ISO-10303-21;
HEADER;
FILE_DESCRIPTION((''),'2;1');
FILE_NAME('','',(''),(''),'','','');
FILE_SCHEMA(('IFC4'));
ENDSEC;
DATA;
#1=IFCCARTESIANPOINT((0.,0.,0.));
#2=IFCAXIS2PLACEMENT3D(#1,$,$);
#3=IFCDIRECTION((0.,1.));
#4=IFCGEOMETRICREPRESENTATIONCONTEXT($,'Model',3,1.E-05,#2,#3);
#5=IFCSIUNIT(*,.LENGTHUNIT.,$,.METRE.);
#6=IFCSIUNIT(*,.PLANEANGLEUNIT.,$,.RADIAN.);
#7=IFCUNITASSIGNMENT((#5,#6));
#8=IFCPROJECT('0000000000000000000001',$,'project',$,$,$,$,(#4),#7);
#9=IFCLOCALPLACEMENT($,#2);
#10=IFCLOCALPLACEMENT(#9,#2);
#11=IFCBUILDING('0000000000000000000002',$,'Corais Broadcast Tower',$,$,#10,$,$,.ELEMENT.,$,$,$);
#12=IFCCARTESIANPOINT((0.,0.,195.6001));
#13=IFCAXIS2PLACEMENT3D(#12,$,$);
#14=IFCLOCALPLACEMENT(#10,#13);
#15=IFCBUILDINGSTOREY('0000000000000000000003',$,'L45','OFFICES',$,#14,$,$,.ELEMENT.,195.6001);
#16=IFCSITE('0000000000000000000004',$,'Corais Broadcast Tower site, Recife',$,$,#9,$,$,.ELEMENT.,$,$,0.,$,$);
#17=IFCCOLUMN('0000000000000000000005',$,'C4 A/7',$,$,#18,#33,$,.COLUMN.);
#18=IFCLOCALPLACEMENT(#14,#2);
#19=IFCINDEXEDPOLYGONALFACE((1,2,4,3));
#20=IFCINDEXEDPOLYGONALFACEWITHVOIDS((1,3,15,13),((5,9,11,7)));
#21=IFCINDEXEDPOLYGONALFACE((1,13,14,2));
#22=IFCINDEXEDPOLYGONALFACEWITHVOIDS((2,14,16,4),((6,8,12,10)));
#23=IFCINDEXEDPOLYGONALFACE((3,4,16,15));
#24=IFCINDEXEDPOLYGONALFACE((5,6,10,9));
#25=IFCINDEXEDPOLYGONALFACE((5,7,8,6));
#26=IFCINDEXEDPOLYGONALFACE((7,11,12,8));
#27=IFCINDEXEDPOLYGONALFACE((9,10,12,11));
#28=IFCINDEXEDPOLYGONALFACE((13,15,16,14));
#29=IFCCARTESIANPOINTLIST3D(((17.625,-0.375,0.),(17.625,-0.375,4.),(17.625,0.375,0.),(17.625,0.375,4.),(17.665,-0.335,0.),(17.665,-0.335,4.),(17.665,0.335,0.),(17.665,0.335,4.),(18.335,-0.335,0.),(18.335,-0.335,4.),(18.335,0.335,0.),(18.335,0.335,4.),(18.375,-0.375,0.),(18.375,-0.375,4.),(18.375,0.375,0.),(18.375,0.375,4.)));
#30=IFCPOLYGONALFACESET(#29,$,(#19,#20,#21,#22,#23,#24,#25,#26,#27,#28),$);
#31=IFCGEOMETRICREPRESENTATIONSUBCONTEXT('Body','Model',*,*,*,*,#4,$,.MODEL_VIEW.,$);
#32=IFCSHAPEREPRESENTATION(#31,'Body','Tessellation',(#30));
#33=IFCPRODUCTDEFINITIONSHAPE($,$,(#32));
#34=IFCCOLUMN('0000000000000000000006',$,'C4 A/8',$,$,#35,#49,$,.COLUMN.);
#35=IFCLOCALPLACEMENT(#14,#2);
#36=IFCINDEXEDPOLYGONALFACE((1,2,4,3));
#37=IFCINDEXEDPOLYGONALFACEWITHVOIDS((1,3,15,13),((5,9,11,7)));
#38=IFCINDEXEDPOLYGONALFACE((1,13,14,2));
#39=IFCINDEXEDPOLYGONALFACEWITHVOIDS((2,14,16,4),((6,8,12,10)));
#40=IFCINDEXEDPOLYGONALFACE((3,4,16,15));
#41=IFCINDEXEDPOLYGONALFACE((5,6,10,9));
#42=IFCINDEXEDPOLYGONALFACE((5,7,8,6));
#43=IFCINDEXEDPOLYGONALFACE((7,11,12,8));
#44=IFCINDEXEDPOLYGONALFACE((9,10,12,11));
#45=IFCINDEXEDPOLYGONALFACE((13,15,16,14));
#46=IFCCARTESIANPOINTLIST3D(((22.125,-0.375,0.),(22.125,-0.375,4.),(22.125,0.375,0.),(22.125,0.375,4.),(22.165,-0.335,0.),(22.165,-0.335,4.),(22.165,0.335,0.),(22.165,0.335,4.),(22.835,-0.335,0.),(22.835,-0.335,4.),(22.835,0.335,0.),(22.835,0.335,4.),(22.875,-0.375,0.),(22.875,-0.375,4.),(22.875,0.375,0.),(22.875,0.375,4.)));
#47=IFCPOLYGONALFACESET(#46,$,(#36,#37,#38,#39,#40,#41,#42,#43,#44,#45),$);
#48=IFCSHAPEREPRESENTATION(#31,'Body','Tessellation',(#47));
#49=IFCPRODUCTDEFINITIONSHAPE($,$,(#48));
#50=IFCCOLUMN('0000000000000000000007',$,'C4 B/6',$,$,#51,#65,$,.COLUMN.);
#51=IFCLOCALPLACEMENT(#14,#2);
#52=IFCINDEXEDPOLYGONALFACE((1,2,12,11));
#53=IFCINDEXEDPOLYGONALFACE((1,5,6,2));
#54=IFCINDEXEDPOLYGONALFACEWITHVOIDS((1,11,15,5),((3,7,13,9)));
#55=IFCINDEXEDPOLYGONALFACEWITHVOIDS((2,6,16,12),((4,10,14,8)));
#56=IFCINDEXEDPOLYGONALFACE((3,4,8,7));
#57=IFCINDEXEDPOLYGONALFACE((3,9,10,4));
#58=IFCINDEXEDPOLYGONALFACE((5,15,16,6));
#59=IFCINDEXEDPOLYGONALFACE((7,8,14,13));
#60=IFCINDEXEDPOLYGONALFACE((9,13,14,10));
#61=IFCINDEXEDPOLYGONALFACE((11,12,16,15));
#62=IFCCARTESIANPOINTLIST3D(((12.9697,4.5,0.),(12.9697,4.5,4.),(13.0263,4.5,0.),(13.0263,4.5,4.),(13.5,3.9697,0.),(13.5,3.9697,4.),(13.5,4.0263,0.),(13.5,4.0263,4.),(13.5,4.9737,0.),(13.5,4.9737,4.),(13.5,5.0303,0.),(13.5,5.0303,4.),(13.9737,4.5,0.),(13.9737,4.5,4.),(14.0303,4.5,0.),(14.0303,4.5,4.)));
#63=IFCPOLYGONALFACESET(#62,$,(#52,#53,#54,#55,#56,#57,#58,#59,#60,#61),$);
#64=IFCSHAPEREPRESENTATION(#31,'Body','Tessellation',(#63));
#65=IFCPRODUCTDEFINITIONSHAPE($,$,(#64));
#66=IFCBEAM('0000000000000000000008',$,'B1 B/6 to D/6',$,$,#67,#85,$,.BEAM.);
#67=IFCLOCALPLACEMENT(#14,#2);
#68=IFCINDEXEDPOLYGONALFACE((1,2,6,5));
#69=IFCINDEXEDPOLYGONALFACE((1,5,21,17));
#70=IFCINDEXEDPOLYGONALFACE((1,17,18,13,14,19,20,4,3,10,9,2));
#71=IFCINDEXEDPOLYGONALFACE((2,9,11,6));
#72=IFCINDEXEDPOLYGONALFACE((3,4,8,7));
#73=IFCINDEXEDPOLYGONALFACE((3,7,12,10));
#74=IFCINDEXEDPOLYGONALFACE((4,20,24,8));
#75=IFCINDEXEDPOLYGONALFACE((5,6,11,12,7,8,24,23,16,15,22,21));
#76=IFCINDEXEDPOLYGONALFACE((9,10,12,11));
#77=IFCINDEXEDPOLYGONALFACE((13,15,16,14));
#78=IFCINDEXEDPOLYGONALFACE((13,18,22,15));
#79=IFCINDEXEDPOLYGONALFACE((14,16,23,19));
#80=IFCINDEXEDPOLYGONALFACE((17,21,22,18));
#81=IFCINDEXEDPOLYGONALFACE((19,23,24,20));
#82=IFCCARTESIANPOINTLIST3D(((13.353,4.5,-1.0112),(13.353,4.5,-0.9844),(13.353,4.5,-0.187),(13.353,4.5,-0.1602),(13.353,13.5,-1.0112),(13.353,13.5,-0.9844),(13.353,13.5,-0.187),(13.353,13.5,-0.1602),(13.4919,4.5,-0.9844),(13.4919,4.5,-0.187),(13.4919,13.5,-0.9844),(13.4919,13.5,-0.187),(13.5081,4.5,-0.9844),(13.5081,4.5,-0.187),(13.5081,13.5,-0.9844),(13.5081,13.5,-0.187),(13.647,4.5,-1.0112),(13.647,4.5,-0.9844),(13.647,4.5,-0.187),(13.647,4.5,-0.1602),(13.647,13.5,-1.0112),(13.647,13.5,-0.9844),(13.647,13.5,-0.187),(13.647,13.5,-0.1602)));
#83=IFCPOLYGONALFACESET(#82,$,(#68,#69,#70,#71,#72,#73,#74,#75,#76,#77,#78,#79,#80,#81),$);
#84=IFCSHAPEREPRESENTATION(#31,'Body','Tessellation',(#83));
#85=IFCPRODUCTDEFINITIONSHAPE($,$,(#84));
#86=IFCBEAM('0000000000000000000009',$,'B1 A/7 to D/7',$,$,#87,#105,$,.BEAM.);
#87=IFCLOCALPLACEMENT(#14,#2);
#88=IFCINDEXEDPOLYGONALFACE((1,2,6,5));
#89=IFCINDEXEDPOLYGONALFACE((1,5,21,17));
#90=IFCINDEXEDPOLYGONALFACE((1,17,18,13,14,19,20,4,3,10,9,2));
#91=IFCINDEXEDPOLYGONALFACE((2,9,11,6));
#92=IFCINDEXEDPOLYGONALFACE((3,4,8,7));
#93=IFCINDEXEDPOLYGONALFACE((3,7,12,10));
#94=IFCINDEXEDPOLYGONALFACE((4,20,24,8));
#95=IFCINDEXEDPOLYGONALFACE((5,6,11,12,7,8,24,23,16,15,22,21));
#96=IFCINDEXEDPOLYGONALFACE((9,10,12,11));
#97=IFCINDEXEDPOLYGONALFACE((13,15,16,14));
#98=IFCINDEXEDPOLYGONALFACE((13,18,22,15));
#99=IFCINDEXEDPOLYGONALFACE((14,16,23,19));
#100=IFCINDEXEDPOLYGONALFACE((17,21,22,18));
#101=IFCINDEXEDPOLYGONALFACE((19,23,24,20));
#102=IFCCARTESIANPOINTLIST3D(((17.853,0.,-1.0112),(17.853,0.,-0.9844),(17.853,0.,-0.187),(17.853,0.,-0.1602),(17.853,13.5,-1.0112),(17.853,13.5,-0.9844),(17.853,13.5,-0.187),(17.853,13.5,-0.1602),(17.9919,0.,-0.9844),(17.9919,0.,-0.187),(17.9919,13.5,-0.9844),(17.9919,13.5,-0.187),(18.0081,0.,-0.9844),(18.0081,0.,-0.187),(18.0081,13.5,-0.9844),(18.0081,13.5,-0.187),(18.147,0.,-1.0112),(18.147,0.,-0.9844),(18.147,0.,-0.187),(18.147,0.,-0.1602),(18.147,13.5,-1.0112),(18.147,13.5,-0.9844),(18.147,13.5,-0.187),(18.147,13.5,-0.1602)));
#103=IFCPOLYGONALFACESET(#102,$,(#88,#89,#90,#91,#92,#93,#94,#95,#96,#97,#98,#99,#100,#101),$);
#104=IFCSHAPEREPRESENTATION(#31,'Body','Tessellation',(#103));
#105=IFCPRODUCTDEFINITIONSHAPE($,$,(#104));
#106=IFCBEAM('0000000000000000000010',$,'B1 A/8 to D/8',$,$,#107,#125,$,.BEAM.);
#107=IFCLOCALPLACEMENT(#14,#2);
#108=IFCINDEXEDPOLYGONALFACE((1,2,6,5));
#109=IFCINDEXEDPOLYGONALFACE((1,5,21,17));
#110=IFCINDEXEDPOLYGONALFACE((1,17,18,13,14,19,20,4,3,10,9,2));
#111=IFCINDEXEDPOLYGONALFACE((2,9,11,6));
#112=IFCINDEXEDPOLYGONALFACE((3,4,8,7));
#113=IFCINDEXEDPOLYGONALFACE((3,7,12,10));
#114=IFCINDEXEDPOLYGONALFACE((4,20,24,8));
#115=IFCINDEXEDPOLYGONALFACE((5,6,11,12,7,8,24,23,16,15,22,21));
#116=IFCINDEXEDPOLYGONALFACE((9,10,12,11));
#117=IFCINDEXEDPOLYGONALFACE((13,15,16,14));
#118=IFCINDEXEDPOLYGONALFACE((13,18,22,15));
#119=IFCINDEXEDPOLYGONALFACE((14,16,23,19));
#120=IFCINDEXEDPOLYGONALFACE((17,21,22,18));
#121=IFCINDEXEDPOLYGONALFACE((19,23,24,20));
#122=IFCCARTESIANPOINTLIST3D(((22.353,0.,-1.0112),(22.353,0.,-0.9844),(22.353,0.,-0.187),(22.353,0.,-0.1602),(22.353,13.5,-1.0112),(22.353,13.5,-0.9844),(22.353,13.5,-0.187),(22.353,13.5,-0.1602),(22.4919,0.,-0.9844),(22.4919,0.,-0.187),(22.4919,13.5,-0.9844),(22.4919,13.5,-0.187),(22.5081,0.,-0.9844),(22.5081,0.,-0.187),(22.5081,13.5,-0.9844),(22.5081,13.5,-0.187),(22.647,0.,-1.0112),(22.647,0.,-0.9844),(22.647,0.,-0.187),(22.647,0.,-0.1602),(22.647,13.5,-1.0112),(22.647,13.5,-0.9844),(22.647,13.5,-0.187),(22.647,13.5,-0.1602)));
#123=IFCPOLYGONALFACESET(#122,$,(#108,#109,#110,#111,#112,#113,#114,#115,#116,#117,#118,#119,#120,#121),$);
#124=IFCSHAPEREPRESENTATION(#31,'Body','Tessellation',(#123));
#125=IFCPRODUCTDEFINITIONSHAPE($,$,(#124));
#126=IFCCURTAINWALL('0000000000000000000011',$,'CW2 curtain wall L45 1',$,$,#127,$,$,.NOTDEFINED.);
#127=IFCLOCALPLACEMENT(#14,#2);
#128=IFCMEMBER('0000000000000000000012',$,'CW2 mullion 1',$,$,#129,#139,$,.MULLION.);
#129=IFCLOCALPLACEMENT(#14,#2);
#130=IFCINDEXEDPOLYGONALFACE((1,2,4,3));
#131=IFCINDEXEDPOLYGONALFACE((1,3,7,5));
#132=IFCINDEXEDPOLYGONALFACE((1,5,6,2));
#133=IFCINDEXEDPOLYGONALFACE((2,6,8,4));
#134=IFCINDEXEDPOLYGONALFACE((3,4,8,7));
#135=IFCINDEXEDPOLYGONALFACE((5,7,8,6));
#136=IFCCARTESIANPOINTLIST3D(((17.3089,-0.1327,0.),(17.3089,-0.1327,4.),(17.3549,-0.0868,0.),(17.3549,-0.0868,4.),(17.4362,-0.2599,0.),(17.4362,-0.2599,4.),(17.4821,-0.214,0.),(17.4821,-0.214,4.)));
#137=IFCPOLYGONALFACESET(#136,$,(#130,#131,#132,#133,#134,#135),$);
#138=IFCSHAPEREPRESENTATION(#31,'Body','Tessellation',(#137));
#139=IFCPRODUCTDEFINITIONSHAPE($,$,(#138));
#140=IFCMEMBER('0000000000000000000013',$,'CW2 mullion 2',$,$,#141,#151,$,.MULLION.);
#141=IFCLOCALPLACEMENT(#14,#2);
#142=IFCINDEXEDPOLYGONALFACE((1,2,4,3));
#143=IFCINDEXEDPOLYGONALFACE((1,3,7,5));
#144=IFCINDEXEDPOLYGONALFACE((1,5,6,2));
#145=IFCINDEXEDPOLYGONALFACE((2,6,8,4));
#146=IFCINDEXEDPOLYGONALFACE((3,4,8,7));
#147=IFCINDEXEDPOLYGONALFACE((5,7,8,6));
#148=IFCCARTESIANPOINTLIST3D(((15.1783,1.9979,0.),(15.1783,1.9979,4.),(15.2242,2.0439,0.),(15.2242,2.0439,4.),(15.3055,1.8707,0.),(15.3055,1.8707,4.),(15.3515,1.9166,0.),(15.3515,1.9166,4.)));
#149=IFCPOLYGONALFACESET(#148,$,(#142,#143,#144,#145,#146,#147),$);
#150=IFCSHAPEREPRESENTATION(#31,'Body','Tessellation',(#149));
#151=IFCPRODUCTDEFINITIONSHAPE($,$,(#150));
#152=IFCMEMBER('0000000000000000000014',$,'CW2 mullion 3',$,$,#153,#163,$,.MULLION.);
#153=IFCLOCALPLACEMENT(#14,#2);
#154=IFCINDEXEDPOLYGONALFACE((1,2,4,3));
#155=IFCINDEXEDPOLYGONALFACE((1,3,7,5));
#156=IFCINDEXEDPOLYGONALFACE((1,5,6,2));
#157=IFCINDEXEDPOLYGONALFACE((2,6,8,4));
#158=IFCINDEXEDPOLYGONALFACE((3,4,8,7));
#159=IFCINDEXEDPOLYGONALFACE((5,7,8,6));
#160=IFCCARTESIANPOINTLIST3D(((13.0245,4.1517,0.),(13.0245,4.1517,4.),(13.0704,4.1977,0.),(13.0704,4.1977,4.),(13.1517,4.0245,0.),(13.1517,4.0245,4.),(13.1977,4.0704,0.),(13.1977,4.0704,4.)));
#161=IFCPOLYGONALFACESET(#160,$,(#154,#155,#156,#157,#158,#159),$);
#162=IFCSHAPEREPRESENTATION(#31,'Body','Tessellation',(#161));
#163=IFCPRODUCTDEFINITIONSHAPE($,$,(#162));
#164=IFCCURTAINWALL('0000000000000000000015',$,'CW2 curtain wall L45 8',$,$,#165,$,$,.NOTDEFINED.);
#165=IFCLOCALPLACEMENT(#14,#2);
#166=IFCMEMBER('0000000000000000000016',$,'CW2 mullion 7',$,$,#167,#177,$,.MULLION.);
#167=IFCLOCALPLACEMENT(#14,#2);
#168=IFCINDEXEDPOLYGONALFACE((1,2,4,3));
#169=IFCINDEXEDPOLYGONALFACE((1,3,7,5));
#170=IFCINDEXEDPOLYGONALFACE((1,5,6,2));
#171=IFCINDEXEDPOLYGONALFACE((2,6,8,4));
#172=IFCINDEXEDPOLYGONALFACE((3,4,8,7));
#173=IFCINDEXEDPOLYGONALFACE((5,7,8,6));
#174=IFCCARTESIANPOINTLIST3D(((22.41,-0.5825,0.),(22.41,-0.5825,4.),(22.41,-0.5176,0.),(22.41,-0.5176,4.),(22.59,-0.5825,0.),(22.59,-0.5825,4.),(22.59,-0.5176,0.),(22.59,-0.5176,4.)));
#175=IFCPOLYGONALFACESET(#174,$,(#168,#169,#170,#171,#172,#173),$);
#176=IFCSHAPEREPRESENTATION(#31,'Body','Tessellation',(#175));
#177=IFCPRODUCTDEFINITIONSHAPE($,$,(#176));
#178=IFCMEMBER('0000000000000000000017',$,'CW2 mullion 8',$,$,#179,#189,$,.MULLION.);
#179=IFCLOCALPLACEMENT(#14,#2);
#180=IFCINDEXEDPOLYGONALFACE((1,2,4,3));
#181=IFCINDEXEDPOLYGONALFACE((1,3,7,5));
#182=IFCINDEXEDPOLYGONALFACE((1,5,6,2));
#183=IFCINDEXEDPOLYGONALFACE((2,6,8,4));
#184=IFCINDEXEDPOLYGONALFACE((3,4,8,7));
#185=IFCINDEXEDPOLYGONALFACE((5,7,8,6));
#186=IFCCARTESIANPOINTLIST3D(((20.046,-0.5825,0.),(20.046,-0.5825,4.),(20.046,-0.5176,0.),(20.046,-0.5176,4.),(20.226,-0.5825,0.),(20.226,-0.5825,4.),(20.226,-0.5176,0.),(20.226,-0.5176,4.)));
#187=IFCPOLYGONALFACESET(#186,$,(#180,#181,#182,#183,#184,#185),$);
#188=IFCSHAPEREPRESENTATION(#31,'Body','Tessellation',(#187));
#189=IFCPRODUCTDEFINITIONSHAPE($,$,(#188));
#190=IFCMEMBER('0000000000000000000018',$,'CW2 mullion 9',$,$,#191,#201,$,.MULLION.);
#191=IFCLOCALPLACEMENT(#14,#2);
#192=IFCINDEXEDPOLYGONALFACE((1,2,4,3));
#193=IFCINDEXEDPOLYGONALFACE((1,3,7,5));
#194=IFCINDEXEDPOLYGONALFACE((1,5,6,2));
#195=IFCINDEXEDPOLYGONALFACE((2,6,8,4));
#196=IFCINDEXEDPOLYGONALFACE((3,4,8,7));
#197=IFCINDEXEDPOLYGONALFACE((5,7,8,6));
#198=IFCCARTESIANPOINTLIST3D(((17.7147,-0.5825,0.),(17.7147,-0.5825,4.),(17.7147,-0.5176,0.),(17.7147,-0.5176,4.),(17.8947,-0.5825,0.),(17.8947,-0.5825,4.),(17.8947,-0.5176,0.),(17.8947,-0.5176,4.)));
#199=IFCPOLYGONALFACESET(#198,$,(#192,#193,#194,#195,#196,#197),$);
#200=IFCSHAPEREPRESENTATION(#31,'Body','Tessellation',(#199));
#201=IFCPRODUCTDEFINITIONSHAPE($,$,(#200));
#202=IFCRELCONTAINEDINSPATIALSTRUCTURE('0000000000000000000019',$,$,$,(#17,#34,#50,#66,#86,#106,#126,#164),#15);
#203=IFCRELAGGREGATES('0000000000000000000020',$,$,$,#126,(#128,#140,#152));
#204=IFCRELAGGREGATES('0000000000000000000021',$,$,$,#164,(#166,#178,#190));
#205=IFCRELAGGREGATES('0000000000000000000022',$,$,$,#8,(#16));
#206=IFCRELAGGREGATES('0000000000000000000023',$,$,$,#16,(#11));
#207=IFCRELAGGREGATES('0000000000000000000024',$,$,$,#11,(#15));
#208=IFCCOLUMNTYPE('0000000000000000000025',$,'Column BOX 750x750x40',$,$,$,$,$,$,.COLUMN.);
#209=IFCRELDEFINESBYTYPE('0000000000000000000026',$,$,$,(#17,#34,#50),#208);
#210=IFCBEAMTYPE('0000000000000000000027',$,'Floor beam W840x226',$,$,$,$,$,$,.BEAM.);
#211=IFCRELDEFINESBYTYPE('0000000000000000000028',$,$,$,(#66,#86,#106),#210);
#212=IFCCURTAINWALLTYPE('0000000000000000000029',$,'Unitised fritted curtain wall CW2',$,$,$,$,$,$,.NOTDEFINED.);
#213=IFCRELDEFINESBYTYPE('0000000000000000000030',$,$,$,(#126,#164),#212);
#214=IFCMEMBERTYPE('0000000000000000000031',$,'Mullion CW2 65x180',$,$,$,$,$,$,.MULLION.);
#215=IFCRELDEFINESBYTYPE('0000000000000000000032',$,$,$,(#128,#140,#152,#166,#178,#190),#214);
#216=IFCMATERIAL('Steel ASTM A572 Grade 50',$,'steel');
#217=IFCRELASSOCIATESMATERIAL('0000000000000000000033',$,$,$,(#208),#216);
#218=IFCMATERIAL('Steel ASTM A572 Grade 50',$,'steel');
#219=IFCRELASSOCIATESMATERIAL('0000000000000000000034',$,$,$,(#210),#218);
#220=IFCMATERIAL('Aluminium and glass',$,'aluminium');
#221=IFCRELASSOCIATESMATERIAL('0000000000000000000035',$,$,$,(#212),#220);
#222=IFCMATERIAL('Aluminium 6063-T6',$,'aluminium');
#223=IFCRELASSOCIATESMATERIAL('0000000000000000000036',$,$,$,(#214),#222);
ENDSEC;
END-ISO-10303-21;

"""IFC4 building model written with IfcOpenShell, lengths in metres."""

from ifc_helpers import new_model, si_unit, direction, frame, origin, origin_2d, place, context, subcontext, project, spatial, rectangle, hollow_rectangle, i_section, extrude, material, material_profile, profile_set, type_object, element, aggregate, save


model = new_model("IFC4")

# Units and contexts
model_context = context("Model", 3, precision=1e-05, world=origin(), true_north=direction((0.0, 1.0)))
body_context = subcontext(model_context, "Body", "Model", "MODEL_VIEW")
ifc_project = project(units=[si_unit("LENGTHUNIT", "METRE"), si_unit("PLANEANGLEUNIT", "RADIAN")], contexts=[model_context])

# Site, building, storey
site_placement = place(None, origin())
site = spatial("IfcSite", under=ifc_project, at=site_placement, Name="Corais Broadcast Tower site, Recife", CompositionType="ELEMENT", RefElevation=0.0)
building_placement = place(site_placement, origin())
building = spatial("IfcBuilding", under=site, at=building_placement, Name="Corais Broadcast Tower", CompositionType="ELEMENT")
storey_placement = place(building_placement, frame((0.0, 0.0, 195.6001)))
storey = spatial("IfcBuildingStorey", under=building, at=storey_placement, Name="L45", Description="OFFICES", CompositionType="ELEMENT", Elevation=195.6001)

# Columns
ifc_material_1 = material(Name="Steel ASTM A572 Grade 50", Category="steel")
ifc_material_profile_1 = material_profile(ifc_material_1, hollow_rectangle(XDim=0.75, YDim=0.75, WallThickness=0.04, at=origin_2d()), Name="BOX 750x750x40")
ifc_profile_set_1 = profile_set([ifc_material_profile_1], Name="Steel ASTM A572 Grade 50")
column_type = type_object("IfcColumnType", Name="Column BOX 750x750x40", PredefinedType="COLUMN", material=ifc_profile_set_1)
for number, where, z_axis, x_axis, name in (
    (1, (18.0, 0.0, 0.0), (0.0, 0.0, 1.0), (1.0, 0.0, 0.0), "C4 A/7"),
    (2, (22.5, 0.0, 0.0), (0.0, 0.0, 1.0), (1.0, 0.0, 0.0), "C4 A/8"),
    (3, (13.5, 4.5, 0.0), (0.0, 0.0, 1.0), (0.707107, 0.707107, 0.0), "C4 B/6"),
):
    element("IfcColumn", number, at=place(storey_placement, frame(where, z_axis=z_axis, x_axis=x_axis)), inside=storey, type_object=column_type, Name=name, PredefinedType="COLUMN", context=body_context, shape_type="SweptSolid", body=[
        extrude(hollow_rectangle(XDim=0.75, YDim=0.75, WallThickness=0.04, at=origin_2d()), origin(), (0.0, 0.0, 1.0), 4.0),
    ])

# Beams
ifc_material_2 = material(Name="Steel ASTM A572 Grade 50", Category="steel")
ifc_material_profile_2 = material_profile(ifc_material_2, i_section(OverallWidth=0.2939, OverallDepth=0.8511, WebThickness=0.0161, FlangeThickness=0.0269, at=origin_2d()), Name="W840x226")
ifc_profile_set_2 = profile_set([ifc_material_profile_2], Name="Steel ASTM A572 Grade 50")
beam_type_1 = type_object("IfcBeamType", Name="Floor beam W840x226", PredefinedType="BEAM", material=ifc_profile_set_2)
beam_1_placement = place(storey_placement, frame((13.5, 4.5, -0.5857), z_axis=(0.0, 1.0, 0.0), x_axis=(-1.0, 0.0, 0.0)))
element("IfcBeam", 4, at=beam_1_placement, inside=storey, type_object=beam_type_1, Name="B1 B/6 to D/6", PredefinedType="BEAM", context=body_context, shape_type="SweptSolid", body=[
    extrude(i_section(OverallWidth=0.2939, OverallDepth=0.8511, WebThickness=0.0161, FlangeThickness=0.0269, at=origin_2d()), origin(), (0.0, 0.0, 1.0), 9.0),
])
for number, where, z_axis, x_axis, name in (
    (5, (18.0, 0.0, -0.5857), (0.0, 1.0, 0.0), (-1.0, 0.0, 0.0), "B1 A/7 to D/7"),
    (6, (22.5, 0.0, -0.5857), (0.0, 1.0, 0.0), (-1.0, 0.0, 0.0), "B1 A/8 to D/8"),
):
    element("IfcBeam", number, at=place(storey_placement, frame(where, z_axis=z_axis, x_axis=x_axis)), inside=storey, type_object=beam_type_1, Name=name, PredefinedType="BEAM", context=body_context, shape_type="SweptSolid", body=[
        extrude(i_section(OverallWidth=0.2939, OverallDepth=0.8511, WebThickness=0.0161, FlangeThickness=0.0269, at=origin_2d()), origin(), (0.0, 0.0, 1.0), 13.5),
    ])

# Curtain walls, members
ifc_material_3 = material(Name="Aluminium and glass", Category="aluminium")
curtain_wall_type = type_object("IfcCurtainWallType", Name="Unitised fritted curtain wall CW2", PredefinedType="NOTDEFINED", material=ifc_material_3)
curtain_wall_1_placement = place(storey_placement, origin())
curtain_wall_1 = element("IfcCurtainWall", 7, at=curtain_wall_1_placement, inside=storey, type_object=curtain_wall_type, Name="CW2 curtain wall L45 1", PredefinedType="NOTDEFINED")
ifc_material_4 = material(Name="Aluminium 6063-T6", Category="aluminium")
ifc_material_profile_3 = material_profile(ifc_material_4, rectangle(XDim=0.0649, YDim=0.1799, at=origin_2d()), Name="Mullion CW2 65x180")
ifc_profile_set_3 = profile_set([ifc_material_profile_3], Name="Aluminium 6063-T6")
member_type_1 = type_object("IfcMemberType", Name="Mullion CW2 65x180", PredefinedType="MULLION", material=ifc_profile_set_3)
member_1_placement = place(storey_placement, frame((17.3955, -0.1733, 0.0), z_axis=(0.0, 0.0, 1.0), x_axis=(-0.707107, -0.707107, 0.0)))
member_1 = element("IfcMember", 8, at=member_1_placement, type_object=member_type_1, Name="CW2 mullion 1", PredefinedType="MULLION", context=body_context, shape_type="SweptSolid", body=[
    extrude(rectangle(XDim=0.0649, YDim=0.1799, at=origin_2d()), origin(), (0.0, 0.0, 1.0), 4.0),
])
member_2_placement = place(storey_placement, frame((15.2649, 1.9573, 0.0), z_axis=(0.0, 0.0, 1.0), x_axis=(-0.707107, -0.707107, 0.0)))
member_2 = element("IfcMember", 9, at=member_2_placement, type_object=member_type_1, Name="CW2 mullion 2", PredefinedType="MULLION", context=body_context, shape_type="SweptSolid", body=[
    extrude(rectangle(XDim=0.0649, YDim=0.1799, at=origin_2d()), origin(), (0.0, 0.0, 1.0), 4.0),
])
member_3_placement = place(storey_placement, frame((13.1111, 4.1111, 0.0), z_axis=(0.0, 0.0, 1.0), x_axis=(-0.707107, -0.707107, 0.0)))
member_3 = element("IfcMember", 10, at=member_3_placement, type_object=member_type_1, Name="CW2 mullion 3", PredefinedType="MULLION", context=body_context, shape_type="SweptSolid", body=[
    extrude(rectangle(XDim=0.0649, YDim=0.1799, at=origin_2d()), origin(), (0.0, 0.0, 1.0), 4.0),
])
curtain_wall_2_placement = place(storey_placement, origin())
curtain_wall_2 = element("IfcCurtainWall", 11, at=curtain_wall_2_placement, inside=storey, type_object=curtain_wall_type, Name="CW2 curtain wall L45 8", PredefinedType="NOTDEFINED")
member_4_placement = place(storey_placement, frame((22.5, -0.55, 0.0), z_axis=(0.0, 0.0, 1.0), x_axis=(0.0, -1.0, 0.0)))
member_4 = element("IfcMember", 12, at=member_4_placement, type_object=member_type_1, Name="CW2 mullion 7", PredefinedType="MULLION", context=body_context, shape_type="SweptSolid", body=[
    extrude(rectangle(XDim=0.0649, YDim=0.1799, at=origin_2d()), origin(), (0.0, 0.0, 1.0), 4.0),
])
member_5_placement = place(storey_placement, frame((20.136, -0.55, 0.0), z_axis=(0.0, 0.0, 1.0), x_axis=(0.0, -1.0, 0.0)))
member_5 = element("IfcMember", 13, at=member_5_placement, type_object=member_type_1, Name="CW2 mullion 8", PredefinedType="MULLION", context=body_context, shape_type="SweptSolid", body=[
    extrude(rectangle(XDim=0.0649, YDim=0.1799, at=origin_2d()), origin(), (0.0, 0.0, 1.0), 4.0),
])
member_6_placement = place(storey_placement, frame((17.8047, -0.55, 0.0), z_axis=(0.0, 0.0, 1.0), x_axis=(0.0, -1.0, 0.0)))
member_6 = element("IfcMember", 14, at=member_6_placement, type_object=member_type_1, Name="CW2 mullion 9", PredefinedType="MULLION", context=body_context, shape_type="SweptSolid", body=[
    extrude(rectangle(XDim=0.0649, YDim=0.1799, at=origin_2d()), origin(), (0.0, 0.0, 1.0), 4.0),
])

aggregate(curtain_wall_1, [member_1, member_2, member_3])
aggregate(curtain_wall_2, [member_4, member_5, member_6])

save(model, "model.ifc")
